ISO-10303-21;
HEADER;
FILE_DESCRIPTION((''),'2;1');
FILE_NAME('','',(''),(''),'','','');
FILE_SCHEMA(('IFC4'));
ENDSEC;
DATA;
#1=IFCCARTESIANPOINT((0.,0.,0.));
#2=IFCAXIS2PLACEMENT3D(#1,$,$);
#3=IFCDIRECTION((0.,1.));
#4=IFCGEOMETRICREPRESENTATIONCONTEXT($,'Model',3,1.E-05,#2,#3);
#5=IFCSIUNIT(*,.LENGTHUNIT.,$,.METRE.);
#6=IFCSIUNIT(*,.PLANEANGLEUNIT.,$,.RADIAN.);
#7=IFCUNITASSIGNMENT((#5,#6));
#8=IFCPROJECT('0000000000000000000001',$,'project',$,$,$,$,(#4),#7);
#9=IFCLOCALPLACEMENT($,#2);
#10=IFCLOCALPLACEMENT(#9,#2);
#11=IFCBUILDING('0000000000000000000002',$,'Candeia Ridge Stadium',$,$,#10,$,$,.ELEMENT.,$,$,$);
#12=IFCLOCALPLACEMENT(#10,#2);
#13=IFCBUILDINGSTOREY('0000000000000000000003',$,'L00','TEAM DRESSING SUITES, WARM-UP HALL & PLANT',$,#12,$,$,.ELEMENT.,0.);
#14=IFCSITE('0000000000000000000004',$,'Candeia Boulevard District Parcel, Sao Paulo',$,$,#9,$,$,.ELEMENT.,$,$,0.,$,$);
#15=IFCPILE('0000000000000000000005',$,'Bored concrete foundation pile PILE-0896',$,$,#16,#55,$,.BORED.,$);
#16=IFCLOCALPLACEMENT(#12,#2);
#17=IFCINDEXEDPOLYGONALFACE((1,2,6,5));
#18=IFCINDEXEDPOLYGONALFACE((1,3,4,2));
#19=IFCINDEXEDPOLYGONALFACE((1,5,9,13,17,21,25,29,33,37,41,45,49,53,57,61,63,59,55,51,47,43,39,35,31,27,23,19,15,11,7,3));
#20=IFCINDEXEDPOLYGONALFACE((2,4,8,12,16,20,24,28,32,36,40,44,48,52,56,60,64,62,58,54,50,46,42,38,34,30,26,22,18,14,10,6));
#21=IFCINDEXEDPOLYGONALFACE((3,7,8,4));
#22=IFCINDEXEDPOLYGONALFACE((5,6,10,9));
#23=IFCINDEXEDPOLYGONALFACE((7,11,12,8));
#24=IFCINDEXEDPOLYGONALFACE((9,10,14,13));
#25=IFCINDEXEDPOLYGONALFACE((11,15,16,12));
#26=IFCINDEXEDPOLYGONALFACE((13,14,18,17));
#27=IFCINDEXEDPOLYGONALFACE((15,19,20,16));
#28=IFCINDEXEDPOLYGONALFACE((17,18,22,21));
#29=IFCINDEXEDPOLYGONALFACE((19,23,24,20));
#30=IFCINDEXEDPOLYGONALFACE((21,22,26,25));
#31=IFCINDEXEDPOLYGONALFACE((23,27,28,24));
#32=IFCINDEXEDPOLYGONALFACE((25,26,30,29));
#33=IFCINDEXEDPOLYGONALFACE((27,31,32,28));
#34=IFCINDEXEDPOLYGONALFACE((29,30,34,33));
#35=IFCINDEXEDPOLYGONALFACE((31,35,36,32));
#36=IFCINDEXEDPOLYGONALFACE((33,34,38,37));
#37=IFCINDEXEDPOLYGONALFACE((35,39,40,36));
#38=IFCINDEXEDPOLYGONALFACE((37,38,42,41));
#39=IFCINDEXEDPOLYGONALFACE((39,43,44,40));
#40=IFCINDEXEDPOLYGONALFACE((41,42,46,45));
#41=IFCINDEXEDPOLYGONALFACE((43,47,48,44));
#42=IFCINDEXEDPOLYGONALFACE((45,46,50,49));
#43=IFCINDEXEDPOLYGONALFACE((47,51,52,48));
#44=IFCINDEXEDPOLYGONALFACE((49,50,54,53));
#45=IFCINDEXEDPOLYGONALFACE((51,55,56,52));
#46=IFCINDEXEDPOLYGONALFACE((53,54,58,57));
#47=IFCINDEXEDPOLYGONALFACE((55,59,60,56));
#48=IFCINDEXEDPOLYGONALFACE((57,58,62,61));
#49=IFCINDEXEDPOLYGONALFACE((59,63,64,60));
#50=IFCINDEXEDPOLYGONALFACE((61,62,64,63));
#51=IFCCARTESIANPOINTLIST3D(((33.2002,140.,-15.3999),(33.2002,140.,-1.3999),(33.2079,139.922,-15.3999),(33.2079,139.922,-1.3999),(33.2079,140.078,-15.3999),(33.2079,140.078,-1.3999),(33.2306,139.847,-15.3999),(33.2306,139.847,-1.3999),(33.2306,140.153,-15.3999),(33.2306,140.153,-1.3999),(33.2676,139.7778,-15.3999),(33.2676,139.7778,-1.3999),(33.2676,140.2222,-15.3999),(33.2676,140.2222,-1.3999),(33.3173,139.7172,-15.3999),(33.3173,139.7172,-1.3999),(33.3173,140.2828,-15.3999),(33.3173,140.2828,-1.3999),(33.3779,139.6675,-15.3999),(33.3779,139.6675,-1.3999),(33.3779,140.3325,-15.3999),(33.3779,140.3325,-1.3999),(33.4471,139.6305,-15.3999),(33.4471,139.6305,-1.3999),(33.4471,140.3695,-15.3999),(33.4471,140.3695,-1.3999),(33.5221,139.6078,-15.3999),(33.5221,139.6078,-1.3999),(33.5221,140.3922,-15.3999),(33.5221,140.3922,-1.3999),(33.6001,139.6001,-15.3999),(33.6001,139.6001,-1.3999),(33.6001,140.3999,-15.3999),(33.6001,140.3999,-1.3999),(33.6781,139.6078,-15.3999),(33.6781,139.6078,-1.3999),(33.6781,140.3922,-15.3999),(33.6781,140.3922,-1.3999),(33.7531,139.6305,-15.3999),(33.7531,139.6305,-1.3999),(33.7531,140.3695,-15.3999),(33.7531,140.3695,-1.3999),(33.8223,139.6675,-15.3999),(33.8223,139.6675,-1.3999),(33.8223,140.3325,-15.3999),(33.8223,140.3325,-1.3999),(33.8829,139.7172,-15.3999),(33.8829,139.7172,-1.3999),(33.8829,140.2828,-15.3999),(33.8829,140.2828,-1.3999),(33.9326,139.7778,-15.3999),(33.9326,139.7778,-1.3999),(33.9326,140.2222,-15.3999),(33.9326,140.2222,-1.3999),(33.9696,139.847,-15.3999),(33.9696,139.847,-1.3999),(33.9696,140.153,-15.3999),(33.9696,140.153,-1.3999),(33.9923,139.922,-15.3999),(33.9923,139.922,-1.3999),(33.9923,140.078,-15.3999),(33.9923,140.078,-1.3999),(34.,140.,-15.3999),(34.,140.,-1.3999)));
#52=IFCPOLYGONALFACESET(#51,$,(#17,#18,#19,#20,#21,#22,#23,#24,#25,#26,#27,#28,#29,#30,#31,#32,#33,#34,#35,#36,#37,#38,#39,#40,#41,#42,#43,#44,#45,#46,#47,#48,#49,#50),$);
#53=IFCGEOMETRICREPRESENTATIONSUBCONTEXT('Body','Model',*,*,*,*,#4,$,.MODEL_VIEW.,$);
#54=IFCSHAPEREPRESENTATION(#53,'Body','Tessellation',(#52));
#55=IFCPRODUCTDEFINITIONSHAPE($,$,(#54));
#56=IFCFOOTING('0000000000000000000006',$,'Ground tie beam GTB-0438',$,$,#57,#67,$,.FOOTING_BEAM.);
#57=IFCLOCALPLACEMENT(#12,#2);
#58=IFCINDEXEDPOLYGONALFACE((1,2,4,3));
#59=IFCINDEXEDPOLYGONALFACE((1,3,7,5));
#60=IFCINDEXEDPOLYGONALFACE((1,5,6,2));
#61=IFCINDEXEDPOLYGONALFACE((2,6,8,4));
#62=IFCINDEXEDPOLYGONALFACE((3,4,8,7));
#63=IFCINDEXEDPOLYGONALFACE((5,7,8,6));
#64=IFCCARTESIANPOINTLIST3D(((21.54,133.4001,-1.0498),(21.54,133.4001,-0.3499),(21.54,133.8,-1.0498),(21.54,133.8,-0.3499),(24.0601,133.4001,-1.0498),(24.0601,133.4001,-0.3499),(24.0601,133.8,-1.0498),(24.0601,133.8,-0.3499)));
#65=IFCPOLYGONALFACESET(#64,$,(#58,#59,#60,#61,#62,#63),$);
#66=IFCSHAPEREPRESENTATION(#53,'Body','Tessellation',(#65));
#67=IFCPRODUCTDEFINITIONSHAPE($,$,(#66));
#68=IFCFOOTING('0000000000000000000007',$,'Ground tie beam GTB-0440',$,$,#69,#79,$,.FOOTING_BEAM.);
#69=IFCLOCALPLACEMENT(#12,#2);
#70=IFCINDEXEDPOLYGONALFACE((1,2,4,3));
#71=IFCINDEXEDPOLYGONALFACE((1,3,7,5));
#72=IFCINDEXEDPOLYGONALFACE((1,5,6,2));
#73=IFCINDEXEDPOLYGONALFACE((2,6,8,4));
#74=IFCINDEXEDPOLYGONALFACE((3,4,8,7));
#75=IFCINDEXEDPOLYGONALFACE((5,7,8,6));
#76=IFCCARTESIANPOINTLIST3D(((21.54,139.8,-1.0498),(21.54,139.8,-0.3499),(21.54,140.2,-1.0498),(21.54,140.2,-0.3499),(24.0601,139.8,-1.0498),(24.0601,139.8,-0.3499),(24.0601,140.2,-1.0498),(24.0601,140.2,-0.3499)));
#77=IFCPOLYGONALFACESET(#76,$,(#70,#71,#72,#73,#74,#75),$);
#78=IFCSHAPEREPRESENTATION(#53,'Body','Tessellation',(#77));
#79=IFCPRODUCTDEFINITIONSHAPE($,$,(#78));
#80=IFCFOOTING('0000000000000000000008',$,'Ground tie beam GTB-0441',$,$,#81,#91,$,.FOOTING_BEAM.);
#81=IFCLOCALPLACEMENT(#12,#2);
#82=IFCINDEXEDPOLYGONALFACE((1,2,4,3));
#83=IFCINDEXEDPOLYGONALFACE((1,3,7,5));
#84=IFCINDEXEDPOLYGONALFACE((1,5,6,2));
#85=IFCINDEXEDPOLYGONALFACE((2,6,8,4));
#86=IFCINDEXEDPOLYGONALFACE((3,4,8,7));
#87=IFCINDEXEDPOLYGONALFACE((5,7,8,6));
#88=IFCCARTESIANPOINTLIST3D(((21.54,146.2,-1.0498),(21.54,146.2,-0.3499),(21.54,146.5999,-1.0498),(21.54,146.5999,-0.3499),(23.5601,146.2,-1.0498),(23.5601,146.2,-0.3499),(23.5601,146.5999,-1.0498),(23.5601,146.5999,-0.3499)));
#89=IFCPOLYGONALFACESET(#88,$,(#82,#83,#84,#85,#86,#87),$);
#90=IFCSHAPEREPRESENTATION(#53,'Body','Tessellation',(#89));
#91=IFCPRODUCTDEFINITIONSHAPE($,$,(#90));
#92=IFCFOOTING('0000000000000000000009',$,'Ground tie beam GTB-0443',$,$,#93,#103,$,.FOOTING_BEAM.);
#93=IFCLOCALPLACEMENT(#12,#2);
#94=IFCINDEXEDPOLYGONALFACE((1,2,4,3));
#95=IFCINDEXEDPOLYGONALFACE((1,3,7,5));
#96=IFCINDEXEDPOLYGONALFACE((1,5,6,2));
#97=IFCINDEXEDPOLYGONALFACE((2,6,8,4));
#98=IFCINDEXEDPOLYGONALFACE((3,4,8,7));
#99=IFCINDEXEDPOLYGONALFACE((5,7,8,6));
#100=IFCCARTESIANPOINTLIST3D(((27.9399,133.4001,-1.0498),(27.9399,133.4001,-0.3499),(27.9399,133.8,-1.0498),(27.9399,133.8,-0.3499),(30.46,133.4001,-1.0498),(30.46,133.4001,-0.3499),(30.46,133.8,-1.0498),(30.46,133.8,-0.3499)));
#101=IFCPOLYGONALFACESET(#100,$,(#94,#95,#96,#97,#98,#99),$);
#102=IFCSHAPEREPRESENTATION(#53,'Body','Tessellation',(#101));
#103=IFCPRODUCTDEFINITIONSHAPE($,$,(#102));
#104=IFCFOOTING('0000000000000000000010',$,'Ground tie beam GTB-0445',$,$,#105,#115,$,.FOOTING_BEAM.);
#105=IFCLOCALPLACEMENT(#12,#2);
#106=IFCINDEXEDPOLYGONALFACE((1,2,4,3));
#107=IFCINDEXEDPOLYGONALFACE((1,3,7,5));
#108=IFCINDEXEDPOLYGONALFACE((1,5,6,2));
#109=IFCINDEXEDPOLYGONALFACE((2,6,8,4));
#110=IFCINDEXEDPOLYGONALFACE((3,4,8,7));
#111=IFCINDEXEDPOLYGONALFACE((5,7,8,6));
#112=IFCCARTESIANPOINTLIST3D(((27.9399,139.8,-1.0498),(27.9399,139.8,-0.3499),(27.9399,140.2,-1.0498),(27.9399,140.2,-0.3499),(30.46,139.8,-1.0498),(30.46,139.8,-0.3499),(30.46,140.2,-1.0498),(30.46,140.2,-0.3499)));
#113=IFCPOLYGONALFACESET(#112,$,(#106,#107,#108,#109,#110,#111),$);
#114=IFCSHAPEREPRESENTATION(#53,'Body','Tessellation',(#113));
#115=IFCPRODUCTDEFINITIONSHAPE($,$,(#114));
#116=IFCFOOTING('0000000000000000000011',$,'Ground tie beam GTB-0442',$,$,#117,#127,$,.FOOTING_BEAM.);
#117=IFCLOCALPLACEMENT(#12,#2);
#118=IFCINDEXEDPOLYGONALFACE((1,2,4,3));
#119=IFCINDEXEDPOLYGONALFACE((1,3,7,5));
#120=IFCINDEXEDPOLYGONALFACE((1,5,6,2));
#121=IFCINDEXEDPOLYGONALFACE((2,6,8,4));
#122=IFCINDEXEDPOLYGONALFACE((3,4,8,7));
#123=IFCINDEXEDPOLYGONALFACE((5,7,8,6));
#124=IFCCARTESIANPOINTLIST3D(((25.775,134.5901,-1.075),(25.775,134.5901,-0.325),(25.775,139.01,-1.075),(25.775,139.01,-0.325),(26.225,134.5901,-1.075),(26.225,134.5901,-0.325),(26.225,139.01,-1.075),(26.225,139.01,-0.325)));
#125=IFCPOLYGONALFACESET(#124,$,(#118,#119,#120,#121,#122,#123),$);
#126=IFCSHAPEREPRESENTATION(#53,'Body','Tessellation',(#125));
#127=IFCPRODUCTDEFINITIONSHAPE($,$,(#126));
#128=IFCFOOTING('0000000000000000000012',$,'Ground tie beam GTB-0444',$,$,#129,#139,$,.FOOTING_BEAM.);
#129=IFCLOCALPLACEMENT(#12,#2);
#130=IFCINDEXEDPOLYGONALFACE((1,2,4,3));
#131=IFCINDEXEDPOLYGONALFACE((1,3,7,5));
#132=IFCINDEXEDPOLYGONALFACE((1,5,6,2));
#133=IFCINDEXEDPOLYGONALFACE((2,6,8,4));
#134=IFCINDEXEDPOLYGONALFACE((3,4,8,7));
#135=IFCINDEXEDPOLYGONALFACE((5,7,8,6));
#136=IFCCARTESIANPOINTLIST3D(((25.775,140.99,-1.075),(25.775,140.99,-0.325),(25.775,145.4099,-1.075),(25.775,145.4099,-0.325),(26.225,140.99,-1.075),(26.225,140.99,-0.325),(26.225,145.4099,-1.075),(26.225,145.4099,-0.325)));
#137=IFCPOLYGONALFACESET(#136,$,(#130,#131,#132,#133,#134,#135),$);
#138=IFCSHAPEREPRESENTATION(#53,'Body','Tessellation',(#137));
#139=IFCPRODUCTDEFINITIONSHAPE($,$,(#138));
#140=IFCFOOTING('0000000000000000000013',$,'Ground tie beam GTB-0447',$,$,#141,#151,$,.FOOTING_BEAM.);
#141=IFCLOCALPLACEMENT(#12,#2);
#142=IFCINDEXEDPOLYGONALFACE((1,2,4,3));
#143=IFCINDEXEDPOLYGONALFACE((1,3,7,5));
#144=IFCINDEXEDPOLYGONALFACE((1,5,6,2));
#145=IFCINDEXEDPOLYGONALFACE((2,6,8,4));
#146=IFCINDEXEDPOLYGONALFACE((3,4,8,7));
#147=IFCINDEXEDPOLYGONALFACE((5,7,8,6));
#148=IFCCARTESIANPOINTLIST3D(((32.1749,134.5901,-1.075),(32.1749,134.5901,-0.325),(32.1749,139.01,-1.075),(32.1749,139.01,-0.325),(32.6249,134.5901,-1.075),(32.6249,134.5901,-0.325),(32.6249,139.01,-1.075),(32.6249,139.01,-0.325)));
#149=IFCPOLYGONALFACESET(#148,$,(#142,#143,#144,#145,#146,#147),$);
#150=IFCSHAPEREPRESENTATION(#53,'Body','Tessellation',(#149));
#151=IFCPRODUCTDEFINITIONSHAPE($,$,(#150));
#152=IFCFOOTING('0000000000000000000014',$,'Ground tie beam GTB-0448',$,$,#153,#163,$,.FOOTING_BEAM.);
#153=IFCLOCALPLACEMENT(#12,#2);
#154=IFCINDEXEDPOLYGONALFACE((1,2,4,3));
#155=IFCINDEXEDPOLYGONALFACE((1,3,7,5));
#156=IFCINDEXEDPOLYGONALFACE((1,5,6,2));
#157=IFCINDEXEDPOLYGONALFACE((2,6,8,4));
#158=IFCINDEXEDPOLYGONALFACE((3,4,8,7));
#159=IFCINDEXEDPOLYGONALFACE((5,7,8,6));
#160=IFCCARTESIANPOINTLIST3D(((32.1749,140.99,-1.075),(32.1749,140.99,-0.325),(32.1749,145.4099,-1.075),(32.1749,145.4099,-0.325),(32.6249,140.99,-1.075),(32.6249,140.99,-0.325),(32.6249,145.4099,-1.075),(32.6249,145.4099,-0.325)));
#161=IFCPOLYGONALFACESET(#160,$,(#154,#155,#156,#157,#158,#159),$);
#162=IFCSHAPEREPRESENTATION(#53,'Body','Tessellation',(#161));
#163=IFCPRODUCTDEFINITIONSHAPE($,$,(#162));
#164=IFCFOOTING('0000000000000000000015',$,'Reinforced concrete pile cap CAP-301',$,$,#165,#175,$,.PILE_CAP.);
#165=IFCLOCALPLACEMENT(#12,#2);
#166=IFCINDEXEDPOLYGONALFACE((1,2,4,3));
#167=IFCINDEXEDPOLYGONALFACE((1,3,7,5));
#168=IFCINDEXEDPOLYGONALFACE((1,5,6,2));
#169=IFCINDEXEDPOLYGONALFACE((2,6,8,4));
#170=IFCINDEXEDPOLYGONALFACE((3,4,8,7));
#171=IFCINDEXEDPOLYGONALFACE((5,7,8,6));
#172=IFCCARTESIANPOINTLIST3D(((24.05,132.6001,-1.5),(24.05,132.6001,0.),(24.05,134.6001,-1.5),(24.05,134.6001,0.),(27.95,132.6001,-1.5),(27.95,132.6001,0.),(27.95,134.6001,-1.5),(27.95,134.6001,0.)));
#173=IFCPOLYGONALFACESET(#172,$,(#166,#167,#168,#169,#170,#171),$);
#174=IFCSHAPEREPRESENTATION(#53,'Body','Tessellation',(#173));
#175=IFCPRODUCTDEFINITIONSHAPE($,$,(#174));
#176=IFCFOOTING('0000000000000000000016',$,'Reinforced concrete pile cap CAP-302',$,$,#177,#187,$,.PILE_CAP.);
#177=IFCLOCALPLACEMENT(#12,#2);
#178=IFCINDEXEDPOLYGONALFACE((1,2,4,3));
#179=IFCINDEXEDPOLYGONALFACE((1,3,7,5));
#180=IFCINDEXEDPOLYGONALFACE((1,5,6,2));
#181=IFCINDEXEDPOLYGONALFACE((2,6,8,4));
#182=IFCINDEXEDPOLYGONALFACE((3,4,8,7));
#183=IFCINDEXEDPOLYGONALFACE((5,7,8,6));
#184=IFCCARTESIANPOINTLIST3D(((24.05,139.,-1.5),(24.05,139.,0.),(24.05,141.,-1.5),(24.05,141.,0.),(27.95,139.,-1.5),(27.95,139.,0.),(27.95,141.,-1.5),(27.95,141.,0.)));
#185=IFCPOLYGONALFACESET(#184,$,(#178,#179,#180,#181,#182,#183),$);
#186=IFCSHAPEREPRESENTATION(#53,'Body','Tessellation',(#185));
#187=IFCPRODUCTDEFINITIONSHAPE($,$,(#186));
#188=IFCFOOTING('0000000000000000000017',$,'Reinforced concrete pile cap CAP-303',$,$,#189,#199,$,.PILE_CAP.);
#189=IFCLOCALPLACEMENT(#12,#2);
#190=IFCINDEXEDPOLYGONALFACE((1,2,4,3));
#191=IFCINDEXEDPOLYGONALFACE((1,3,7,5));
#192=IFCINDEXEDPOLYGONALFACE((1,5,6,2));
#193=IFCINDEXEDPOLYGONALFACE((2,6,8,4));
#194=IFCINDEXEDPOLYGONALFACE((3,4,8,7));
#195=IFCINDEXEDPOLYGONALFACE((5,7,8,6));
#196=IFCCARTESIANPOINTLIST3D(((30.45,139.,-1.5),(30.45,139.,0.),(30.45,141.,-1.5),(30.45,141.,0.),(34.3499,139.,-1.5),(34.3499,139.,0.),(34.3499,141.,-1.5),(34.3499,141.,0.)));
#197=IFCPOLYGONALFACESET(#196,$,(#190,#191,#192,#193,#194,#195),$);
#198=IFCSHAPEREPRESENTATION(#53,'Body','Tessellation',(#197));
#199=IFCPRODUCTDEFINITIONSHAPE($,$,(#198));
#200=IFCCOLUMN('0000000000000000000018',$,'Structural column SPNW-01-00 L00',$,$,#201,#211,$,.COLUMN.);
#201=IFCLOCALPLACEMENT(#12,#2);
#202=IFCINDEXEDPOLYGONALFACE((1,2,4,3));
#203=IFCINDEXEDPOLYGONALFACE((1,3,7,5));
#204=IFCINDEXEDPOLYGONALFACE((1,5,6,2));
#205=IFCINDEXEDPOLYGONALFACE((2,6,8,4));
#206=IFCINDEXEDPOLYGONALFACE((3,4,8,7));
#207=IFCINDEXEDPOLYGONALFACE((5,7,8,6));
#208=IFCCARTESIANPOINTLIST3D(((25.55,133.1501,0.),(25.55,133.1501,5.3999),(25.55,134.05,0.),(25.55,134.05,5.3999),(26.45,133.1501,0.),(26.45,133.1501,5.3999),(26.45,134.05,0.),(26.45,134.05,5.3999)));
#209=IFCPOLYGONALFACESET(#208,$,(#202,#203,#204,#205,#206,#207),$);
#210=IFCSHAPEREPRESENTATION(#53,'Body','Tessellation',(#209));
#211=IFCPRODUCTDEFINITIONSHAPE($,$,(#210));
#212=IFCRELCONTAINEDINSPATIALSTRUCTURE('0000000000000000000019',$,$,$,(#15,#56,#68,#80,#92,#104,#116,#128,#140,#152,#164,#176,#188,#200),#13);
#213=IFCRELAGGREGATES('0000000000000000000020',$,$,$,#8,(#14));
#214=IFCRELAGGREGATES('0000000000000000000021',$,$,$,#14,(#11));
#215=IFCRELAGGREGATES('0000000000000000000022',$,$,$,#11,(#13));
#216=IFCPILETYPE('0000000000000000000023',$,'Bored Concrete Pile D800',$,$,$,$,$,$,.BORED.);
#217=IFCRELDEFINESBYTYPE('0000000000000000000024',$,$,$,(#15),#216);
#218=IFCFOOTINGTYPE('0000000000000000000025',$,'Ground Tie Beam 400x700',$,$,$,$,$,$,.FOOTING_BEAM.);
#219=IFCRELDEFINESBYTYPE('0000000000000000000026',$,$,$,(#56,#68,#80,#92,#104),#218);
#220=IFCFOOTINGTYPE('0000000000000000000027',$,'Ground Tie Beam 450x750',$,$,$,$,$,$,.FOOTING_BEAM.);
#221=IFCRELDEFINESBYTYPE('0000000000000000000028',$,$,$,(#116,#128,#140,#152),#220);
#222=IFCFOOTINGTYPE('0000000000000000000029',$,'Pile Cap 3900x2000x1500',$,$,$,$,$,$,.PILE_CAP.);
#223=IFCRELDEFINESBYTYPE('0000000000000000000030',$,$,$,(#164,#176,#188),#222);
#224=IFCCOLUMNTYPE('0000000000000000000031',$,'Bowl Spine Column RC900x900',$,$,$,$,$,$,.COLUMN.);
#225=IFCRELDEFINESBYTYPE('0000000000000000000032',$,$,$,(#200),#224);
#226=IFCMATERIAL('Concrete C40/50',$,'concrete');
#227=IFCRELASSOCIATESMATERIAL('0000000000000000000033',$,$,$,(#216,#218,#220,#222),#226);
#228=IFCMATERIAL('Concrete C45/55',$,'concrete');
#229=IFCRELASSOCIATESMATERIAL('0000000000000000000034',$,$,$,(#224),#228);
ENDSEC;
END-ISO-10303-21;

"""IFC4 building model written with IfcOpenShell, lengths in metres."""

from ifc_helpers import new_model, si_unit, direction, frame, origin, origin_2d, place, context, subcontext, project, spatial, rectangle, circle, extrude, material, material_profile, profile_set, type_object, element, save


model = new_model("IFC4")

# Units and contexts
model_context = context("Model", 3, precision=1e-05, world=origin(), true_north=direction((0.0, 1.0)))
body_context = subcontext(model_context, "Body", "Model", "MODEL_VIEW")
ifc_project = project(units=[si_unit("LENGTHUNIT", "METRE"), si_unit("PLANEANGLEUNIT", "RADIAN")], contexts=[model_context])

# Site, building, storey
site_placement = place(None, origin())
site = spatial("IfcSite", under=ifc_project, at=site_placement, Name="Candeia Boulevard District Parcel, Sao Paulo", CompositionType="ELEMENT", RefElevation=0.0)
building_placement = place(site_placement, origin())
building = spatial("IfcBuilding", under=site, at=building_placement, Name="Candeia Ridge Stadium", CompositionType="ELEMENT")
storey_placement = place(building_placement, origin())
storey = spatial("IfcBuildingStorey", under=building, at=storey_placement, Name="L00", Description="TEAM DRESSING SUITES, WARM-UP HALL & PLANT", CompositionType="ELEMENT", Elevation=0.0)

# Pile
ifc_material_1 = material(Name="Concrete C40/50", Category="concrete")
ifc_material_profile_1 = material_profile(ifc_material_1, circle(Radius=0.3999, at=origin_2d()), Name="PILE-D800", Category="concrete")
ifc_profile_set_1 = profile_set([ifc_material_profile_1], Name="Concrete C40/50")
pile_type_1 = type_object("IfcPileType", Name="Bored Concrete Pile D800", PredefinedType="BORED", material=ifc_profile_set_1)
for number, where, z_axis, x_axis, name in (
    (1, (33.6001, 140.0, -1.3999), (0.0, 0.0, -1.0), (1.0, 0.0, 0.0), "Bored concrete foundation pile PILE-0896"),
):
    element("IfcPile", number, at=place(storey_placement, frame(where, z_axis=z_axis, x_axis=x_axis)), inside=storey, type_object=pile_type_1, Name=name, PredefinedType="BORED", context=body_context, shape_type="SweptSolid", body=[
        extrude(circle(Radius=0.3999, at=origin_2d()), origin(), (0.0, 0.0, 1.0), 14.0),
    ])

# Footings
footing_type_1 = type_object("IfcFootingType", Name="Ground Tie Beam 400x700", PredefinedType="FOOTING_BEAM", material=ifc_material_1)
for number, where, z_axis, x_axis, name in (
    (2, (22.8, 133.6001, -1.0498), (0.0, 0.0, 1.0), (1.0, 0.0, 0.0), "Ground tie beam GTB-0438"),
    (3, (22.8, 140.0, -1.0498), (0.0, 0.0, 1.0), (1.0, 0.0, 0.0), "Ground tie beam GTB-0440"),
):
    element("IfcFooting", number, at=place(storey_placement, frame(where, z_axis=z_axis, x_axis=x_axis)), inside=storey, type_object=footing_type_1, Name=name, PredefinedType="FOOTING_BEAM", context=body_context, shape_type="SweptSolid", body=[
        extrude(rectangle(XDim=2.52, YDim=0.3999, at=origin_2d()), origin(), (0.0, 0.0, 1.0), 0.7),
    ])
footing_placement = place(storey_placement, frame((22.55, 146.3999, -1.0498), z_axis=(0.0, 0.0, 1.0), x_axis=(1.0, 0.0, 0.0)))
element("IfcFooting", 4, at=footing_placement, inside=storey, type_object=footing_type_1, Name="Ground tie beam GTB-0441", PredefinedType="FOOTING_BEAM", context=body_context, shape_type="SweptSolid", body=[
    extrude(rectangle(XDim=2.02, YDim=0.3999, at=origin_2d()), origin(), (0.0, 0.0, 1.0), 0.7),
])
for number, where, z_axis, x_axis, name in (
    (5, (29.2, 133.6001, -1.0498), (0.0, 0.0, 1.0), (1.0, 0.0, 0.0), "Ground tie beam GTB-0443"),
    (6, (29.2, 140.0, -1.0498), (0.0, 0.0, 1.0), (1.0, 0.0, 0.0), "Ground tie beam GTB-0445"),
):
    element("IfcFooting", number, at=place(storey_placement, frame(where, z_axis=z_axis, x_axis=x_axis)), inside=storey, type_object=footing_type_1, Name=name, PredefinedType="FOOTING_BEAM", context=body_context, shape_type="SweptSolid", body=[
        extrude(rectangle(XDim=2.52, YDim=0.3999, at=origin_2d()), origin(), (0.0, 0.0, 1.0), 0.7),
    ])
footing_type_2 = type_object("IfcFootingType", Name="Ground Tie Beam 450x750", PredefinedType="FOOTING_BEAM", material=ifc_material_1)
for number, where, z_axis, x_axis, name in (
    (7, (26.0, 136.8, -1.075), (0.0, 0.0, 1.0), (0.0, 1.0, 0.0), "Ground tie beam GTB-0442"),
    (8, (26.0, 143.2, -1.075), (0.0, 0.0, 1.0), (0.0, 1.0, 0.0), "Ground tie beam GTB-0444"),
    (9, (32.3999, 136.8, -1.075), (0.0, 0.0, 1.0), (0.0, 1.0, 0.0), "Ground tie beam GTB-0447"),
    (10, (32.3999, 143.2, -1.075), (0.0, 0.0, 1.0), (0.0, 1.0, 0.0), "Ground tie beam GTB-0448"),
):
    element("IfcFooting", number, at=place(storey_placement, frame(where, z_axis=z_axis, x_axis=x_axis)), inside=storey, type_object=footing_type_2, Name=name, PredefinedType="FOOTING_BEAM", context=body_context, shape_type="SweptSolid", body=[
        extrude(rectangle(XDim=4.4199, YDim=0.45, at=origin_2d()), origin(), (0.0, 0.0, 1.0), 0.75),
    ])
footing_type_3 = type_object("IfcFootingType", Name="Pile Cap 3900x2000x1500", PredefinedType="PILE_CAP", material=ifc_material_1)
for number, where, z_axis, x_axis, name in (
    (11, (26.0, 133.6001, -1.5), (0.0, 0.0, 1.0), (1.0, 0.0, 0.0), "Reinforced concrete pile cap CAP-301"),
    (12, (26.0, 140.0, -1.5), (0.0, 0.0, 1.0), (1.0, 0.0, 0.0), "Reinforced concrete pile cap CAP-302"),
    (13, (32.3999, 140.0, -1.5), (0.0, 0.0, 1.0), (1.0, 0.0, 0.0), "Reinforced concrete pile cap CAP-303"),
):
    element("IfcFooting", number, at=place(storey_placement, frame(where, z_axis=z_axis, x_axis=x_axis)), inside=storey, type_object=footing_type_3, Name=name, PredefinedType="PILE_CAP", context=body_context, shape_type="SweptSolid", body=[
        extrude(rectangle(XDim=3.8999, YDim=2.0, at=origin_2d()), origin(), (0.0, 0.0, 1.0), 1.5),
    ])

# Column
ifc_material_2 = material(Name="Concrete C45/55", Category="concrete")
ifc_material_profile_2 = material_profile(ifc_material_2, rectangle(XDim=0.8999, YDim=0.8999, at=origin_2d()), Name="RC900x900", Category="concrete")
ifc_profile_set_2 = profile_set([ifc_material_profile_2], Name="Concrete C45/55")
column_type_1 = type_object("IfcColumnType", Name="Bowl Spine Column RC900x900", PredefinedType="COLUMN", material=ifc_profile_set_2)
for number, where, z_axis, x_axis, name in (
    (14, (26.0, 133.6001, 0.0), (0.0, 0.0, 1.0), (1.0, 0.0, 0.0), "Structural column SPNW-01-00 L00"),
):
    element("IfcColumn", number, at=place(storey_placement, frame(where, z_axis=z_axis, x_axis=x_axis)), inside=storey, type_object=column_type_1, Name=name, PredefinedType="COLUMN", context=body_context, shape_type="SweptSolid", body=[
        extrude(rectangle(XDim=0.8999, YDim=0.8999, at=origin_2d()), origin(), (0.0, 0.0, 1.0), 5.3999),
    ])

save(model, "model.ifc")
